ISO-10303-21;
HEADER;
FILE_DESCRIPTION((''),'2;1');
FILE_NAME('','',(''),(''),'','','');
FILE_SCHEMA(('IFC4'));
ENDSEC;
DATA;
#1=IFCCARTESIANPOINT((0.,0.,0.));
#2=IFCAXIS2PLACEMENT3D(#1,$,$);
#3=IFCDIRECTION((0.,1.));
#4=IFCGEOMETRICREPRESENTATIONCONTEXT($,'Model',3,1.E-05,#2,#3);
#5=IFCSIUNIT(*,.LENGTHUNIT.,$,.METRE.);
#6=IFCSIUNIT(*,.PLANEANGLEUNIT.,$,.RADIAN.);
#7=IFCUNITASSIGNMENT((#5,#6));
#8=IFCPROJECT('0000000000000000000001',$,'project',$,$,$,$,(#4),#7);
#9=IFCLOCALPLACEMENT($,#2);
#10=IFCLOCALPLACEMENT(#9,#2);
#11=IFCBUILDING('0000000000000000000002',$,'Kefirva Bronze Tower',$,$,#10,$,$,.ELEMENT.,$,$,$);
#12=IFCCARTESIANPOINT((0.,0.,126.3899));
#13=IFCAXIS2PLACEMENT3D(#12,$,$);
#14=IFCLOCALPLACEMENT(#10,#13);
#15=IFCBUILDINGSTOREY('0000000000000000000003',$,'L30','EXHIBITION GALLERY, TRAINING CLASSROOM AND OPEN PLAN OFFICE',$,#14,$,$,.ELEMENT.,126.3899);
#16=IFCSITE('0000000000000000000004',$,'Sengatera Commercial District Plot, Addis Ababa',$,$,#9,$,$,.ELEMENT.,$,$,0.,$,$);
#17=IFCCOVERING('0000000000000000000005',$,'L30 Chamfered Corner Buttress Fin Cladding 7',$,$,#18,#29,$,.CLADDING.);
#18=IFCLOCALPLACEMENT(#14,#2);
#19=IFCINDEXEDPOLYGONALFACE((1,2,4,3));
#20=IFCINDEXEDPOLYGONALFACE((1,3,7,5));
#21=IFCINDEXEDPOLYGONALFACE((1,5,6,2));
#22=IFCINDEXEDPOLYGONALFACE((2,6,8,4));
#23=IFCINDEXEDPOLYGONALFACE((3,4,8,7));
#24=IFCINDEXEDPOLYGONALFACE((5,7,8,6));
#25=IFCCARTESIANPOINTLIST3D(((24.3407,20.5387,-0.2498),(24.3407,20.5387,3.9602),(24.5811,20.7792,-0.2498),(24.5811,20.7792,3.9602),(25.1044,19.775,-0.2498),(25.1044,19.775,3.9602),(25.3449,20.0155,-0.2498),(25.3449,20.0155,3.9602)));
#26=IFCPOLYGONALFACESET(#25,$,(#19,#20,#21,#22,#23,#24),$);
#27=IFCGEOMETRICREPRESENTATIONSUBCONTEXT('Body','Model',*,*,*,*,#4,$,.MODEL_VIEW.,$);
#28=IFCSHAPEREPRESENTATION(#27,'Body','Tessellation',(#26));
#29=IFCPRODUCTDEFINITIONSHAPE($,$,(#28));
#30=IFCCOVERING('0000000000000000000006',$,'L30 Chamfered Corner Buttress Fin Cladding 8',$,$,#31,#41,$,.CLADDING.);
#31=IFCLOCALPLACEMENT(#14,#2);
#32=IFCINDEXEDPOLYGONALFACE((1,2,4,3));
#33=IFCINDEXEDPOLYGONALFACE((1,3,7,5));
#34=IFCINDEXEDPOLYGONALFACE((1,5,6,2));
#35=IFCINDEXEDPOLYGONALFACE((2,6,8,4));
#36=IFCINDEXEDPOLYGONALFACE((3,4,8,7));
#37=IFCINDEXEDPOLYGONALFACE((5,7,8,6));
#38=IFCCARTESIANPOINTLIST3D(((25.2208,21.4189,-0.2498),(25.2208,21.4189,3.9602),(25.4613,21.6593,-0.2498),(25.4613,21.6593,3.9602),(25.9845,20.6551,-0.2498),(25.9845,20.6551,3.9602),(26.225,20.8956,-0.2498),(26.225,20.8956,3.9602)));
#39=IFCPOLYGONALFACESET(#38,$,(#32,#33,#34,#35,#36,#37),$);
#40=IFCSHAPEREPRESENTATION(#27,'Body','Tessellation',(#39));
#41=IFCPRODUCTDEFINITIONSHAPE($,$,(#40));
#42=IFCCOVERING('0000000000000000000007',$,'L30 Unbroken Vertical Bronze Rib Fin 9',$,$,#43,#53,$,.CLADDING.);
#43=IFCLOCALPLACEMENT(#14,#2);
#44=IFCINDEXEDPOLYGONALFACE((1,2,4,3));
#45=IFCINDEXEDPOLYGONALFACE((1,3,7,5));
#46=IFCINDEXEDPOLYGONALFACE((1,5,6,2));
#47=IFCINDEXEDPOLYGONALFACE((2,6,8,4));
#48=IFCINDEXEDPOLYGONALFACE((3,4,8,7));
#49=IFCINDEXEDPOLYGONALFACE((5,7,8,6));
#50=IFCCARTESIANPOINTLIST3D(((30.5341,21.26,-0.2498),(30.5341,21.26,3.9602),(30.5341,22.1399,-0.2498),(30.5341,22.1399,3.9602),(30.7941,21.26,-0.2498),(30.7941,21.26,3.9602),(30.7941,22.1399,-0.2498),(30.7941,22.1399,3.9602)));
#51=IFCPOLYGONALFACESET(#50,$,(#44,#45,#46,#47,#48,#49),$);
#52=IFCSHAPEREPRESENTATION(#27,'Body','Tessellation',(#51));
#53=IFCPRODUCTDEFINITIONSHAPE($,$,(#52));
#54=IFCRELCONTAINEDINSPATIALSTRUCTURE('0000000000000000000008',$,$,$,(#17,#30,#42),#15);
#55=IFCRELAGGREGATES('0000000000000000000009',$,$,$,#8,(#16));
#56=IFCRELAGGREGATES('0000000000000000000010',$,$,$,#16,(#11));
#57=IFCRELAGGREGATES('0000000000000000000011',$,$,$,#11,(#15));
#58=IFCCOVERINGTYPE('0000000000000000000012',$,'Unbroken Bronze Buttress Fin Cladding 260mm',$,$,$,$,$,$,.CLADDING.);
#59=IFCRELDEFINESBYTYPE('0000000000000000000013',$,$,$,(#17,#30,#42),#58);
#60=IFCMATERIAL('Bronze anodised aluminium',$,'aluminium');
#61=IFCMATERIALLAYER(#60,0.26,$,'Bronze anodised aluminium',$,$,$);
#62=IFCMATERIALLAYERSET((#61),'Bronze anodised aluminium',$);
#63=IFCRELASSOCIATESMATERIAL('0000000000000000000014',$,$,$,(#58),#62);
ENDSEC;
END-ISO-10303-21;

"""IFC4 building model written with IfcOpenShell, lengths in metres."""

from ifc_helpers import new_model, si_unit, direction, frame, origin, origin_2d, place, context, subcontext, project, spatial, rectangle, extrude, material, layer, layer_set, type_object, element, save


model = new_model("IFC4")

# Units and contexts
model_context = context("Model", 3, precision=1e-05, world=origin(), true_north=direction((0.0, 1.0)))
body_context = subcontext(model_context, "Body", "Model", "MODEL_VIEW")
ifc_project = project(units=[si_unit("LENGTHUNIT", "METRE"), si_unit("PLANEANGLEUNIT", "RADIAN")], contexts=[model_context])

# Site, building, storey
site_placement = place(None, origin())
site = spatial("IfcSite", under=ifc_project, at=site_placement, Name="Sengatera Commercial District Plot, Addis Ababa", CompositionType="ELEMENT", RefElevation=0.0)
building_placement = place(site_placement, origin())
building = spatial("IfcBuilding", under=site, at=building_placement, Name="Kefirva Bronze Tower", CompositionType="ELEMENT")
storey_placement = place(building_placement, frame((0.0, 0.0, 126.3899)))
storey = spatial("IfcBuildingStorey", under=building, at=storey_placement, Name="L30", Description="EXHIBITION GALLERY, TRAINING CLASSROOM AND OPEN PLAN OFFICE", CompositionType="ELEMENT", Elevation=126.3899)

# Shared definitions
ifc_material_1 = material(Name="Bronze anodised aluminium", Category="aluminium")

# Coverings
ifc_layer_1 = layer(ifc_material_1, 0.26, Name="Bronze anodised aluminium")
ifc_layer_set_1 = layer_set([ifc_layer_1], Name="Bronze anodised aluminium")
covering_type_1 = type_object("IfcCoveringType", Name="Unbroken Bronze Buttress Fin Cladding 260mm", PredefinedType="CLADDING", material=ifc_layer_set_1)
for number, where, z_axis, x_axis, name in (
    (1, (24.8428, 20.2771, -0.2498), (0.0, 0.0, 1.0), (0.707107, 0.707107, 0.0), "L30 Chamfered Corner Buttress Fin Cladding 7"),
    (2, (25.7229, 21.1572, -0.2498), (0.0, 0.0, 1.0), (0.707107, 0.707107, 0.0), "L30 Chamfered Corner Buttress Fin Cladding 8"),
):
    element("IfcCovering", number, at=place(storey_placement, frame(where, z_axis=z_axis, x_axis=x_axis)), inside=storey, type_object=covering_type_1, Name=name, PredefinedType="CLADDING", context=body_context, shape_type="SweptSolid", body=[
        extrude(rectangle(XDim=0.3401, YDim=1.0801, at=origin_2d()), origin(), (0.0, 0.0, 1.0), 4.21),
    ])
covering_1_placement = place(storey_placement, frame((30.6641, 21.7, -0.2498), z_axis=(0.0, 0.0, 1.0), x_axis=(1.0, 0.0, 0.0)))
element("IfcCovering", 3, at=covering_1_placement, inside=storey, type_object=covering_type_1, Name="L30 Unbroken Vertical Bronze Rib Fin 9", PredefinedType="CLADDING", context=body_context, shape_type="SweptSolid", body=[
    extrude(rectangle(XDim=0.26, YDim=0.8799, at=origin_2d()), origin(), (0.0, 0.0, 1.0), 4.21),
])

save(model, "model.ifc")
